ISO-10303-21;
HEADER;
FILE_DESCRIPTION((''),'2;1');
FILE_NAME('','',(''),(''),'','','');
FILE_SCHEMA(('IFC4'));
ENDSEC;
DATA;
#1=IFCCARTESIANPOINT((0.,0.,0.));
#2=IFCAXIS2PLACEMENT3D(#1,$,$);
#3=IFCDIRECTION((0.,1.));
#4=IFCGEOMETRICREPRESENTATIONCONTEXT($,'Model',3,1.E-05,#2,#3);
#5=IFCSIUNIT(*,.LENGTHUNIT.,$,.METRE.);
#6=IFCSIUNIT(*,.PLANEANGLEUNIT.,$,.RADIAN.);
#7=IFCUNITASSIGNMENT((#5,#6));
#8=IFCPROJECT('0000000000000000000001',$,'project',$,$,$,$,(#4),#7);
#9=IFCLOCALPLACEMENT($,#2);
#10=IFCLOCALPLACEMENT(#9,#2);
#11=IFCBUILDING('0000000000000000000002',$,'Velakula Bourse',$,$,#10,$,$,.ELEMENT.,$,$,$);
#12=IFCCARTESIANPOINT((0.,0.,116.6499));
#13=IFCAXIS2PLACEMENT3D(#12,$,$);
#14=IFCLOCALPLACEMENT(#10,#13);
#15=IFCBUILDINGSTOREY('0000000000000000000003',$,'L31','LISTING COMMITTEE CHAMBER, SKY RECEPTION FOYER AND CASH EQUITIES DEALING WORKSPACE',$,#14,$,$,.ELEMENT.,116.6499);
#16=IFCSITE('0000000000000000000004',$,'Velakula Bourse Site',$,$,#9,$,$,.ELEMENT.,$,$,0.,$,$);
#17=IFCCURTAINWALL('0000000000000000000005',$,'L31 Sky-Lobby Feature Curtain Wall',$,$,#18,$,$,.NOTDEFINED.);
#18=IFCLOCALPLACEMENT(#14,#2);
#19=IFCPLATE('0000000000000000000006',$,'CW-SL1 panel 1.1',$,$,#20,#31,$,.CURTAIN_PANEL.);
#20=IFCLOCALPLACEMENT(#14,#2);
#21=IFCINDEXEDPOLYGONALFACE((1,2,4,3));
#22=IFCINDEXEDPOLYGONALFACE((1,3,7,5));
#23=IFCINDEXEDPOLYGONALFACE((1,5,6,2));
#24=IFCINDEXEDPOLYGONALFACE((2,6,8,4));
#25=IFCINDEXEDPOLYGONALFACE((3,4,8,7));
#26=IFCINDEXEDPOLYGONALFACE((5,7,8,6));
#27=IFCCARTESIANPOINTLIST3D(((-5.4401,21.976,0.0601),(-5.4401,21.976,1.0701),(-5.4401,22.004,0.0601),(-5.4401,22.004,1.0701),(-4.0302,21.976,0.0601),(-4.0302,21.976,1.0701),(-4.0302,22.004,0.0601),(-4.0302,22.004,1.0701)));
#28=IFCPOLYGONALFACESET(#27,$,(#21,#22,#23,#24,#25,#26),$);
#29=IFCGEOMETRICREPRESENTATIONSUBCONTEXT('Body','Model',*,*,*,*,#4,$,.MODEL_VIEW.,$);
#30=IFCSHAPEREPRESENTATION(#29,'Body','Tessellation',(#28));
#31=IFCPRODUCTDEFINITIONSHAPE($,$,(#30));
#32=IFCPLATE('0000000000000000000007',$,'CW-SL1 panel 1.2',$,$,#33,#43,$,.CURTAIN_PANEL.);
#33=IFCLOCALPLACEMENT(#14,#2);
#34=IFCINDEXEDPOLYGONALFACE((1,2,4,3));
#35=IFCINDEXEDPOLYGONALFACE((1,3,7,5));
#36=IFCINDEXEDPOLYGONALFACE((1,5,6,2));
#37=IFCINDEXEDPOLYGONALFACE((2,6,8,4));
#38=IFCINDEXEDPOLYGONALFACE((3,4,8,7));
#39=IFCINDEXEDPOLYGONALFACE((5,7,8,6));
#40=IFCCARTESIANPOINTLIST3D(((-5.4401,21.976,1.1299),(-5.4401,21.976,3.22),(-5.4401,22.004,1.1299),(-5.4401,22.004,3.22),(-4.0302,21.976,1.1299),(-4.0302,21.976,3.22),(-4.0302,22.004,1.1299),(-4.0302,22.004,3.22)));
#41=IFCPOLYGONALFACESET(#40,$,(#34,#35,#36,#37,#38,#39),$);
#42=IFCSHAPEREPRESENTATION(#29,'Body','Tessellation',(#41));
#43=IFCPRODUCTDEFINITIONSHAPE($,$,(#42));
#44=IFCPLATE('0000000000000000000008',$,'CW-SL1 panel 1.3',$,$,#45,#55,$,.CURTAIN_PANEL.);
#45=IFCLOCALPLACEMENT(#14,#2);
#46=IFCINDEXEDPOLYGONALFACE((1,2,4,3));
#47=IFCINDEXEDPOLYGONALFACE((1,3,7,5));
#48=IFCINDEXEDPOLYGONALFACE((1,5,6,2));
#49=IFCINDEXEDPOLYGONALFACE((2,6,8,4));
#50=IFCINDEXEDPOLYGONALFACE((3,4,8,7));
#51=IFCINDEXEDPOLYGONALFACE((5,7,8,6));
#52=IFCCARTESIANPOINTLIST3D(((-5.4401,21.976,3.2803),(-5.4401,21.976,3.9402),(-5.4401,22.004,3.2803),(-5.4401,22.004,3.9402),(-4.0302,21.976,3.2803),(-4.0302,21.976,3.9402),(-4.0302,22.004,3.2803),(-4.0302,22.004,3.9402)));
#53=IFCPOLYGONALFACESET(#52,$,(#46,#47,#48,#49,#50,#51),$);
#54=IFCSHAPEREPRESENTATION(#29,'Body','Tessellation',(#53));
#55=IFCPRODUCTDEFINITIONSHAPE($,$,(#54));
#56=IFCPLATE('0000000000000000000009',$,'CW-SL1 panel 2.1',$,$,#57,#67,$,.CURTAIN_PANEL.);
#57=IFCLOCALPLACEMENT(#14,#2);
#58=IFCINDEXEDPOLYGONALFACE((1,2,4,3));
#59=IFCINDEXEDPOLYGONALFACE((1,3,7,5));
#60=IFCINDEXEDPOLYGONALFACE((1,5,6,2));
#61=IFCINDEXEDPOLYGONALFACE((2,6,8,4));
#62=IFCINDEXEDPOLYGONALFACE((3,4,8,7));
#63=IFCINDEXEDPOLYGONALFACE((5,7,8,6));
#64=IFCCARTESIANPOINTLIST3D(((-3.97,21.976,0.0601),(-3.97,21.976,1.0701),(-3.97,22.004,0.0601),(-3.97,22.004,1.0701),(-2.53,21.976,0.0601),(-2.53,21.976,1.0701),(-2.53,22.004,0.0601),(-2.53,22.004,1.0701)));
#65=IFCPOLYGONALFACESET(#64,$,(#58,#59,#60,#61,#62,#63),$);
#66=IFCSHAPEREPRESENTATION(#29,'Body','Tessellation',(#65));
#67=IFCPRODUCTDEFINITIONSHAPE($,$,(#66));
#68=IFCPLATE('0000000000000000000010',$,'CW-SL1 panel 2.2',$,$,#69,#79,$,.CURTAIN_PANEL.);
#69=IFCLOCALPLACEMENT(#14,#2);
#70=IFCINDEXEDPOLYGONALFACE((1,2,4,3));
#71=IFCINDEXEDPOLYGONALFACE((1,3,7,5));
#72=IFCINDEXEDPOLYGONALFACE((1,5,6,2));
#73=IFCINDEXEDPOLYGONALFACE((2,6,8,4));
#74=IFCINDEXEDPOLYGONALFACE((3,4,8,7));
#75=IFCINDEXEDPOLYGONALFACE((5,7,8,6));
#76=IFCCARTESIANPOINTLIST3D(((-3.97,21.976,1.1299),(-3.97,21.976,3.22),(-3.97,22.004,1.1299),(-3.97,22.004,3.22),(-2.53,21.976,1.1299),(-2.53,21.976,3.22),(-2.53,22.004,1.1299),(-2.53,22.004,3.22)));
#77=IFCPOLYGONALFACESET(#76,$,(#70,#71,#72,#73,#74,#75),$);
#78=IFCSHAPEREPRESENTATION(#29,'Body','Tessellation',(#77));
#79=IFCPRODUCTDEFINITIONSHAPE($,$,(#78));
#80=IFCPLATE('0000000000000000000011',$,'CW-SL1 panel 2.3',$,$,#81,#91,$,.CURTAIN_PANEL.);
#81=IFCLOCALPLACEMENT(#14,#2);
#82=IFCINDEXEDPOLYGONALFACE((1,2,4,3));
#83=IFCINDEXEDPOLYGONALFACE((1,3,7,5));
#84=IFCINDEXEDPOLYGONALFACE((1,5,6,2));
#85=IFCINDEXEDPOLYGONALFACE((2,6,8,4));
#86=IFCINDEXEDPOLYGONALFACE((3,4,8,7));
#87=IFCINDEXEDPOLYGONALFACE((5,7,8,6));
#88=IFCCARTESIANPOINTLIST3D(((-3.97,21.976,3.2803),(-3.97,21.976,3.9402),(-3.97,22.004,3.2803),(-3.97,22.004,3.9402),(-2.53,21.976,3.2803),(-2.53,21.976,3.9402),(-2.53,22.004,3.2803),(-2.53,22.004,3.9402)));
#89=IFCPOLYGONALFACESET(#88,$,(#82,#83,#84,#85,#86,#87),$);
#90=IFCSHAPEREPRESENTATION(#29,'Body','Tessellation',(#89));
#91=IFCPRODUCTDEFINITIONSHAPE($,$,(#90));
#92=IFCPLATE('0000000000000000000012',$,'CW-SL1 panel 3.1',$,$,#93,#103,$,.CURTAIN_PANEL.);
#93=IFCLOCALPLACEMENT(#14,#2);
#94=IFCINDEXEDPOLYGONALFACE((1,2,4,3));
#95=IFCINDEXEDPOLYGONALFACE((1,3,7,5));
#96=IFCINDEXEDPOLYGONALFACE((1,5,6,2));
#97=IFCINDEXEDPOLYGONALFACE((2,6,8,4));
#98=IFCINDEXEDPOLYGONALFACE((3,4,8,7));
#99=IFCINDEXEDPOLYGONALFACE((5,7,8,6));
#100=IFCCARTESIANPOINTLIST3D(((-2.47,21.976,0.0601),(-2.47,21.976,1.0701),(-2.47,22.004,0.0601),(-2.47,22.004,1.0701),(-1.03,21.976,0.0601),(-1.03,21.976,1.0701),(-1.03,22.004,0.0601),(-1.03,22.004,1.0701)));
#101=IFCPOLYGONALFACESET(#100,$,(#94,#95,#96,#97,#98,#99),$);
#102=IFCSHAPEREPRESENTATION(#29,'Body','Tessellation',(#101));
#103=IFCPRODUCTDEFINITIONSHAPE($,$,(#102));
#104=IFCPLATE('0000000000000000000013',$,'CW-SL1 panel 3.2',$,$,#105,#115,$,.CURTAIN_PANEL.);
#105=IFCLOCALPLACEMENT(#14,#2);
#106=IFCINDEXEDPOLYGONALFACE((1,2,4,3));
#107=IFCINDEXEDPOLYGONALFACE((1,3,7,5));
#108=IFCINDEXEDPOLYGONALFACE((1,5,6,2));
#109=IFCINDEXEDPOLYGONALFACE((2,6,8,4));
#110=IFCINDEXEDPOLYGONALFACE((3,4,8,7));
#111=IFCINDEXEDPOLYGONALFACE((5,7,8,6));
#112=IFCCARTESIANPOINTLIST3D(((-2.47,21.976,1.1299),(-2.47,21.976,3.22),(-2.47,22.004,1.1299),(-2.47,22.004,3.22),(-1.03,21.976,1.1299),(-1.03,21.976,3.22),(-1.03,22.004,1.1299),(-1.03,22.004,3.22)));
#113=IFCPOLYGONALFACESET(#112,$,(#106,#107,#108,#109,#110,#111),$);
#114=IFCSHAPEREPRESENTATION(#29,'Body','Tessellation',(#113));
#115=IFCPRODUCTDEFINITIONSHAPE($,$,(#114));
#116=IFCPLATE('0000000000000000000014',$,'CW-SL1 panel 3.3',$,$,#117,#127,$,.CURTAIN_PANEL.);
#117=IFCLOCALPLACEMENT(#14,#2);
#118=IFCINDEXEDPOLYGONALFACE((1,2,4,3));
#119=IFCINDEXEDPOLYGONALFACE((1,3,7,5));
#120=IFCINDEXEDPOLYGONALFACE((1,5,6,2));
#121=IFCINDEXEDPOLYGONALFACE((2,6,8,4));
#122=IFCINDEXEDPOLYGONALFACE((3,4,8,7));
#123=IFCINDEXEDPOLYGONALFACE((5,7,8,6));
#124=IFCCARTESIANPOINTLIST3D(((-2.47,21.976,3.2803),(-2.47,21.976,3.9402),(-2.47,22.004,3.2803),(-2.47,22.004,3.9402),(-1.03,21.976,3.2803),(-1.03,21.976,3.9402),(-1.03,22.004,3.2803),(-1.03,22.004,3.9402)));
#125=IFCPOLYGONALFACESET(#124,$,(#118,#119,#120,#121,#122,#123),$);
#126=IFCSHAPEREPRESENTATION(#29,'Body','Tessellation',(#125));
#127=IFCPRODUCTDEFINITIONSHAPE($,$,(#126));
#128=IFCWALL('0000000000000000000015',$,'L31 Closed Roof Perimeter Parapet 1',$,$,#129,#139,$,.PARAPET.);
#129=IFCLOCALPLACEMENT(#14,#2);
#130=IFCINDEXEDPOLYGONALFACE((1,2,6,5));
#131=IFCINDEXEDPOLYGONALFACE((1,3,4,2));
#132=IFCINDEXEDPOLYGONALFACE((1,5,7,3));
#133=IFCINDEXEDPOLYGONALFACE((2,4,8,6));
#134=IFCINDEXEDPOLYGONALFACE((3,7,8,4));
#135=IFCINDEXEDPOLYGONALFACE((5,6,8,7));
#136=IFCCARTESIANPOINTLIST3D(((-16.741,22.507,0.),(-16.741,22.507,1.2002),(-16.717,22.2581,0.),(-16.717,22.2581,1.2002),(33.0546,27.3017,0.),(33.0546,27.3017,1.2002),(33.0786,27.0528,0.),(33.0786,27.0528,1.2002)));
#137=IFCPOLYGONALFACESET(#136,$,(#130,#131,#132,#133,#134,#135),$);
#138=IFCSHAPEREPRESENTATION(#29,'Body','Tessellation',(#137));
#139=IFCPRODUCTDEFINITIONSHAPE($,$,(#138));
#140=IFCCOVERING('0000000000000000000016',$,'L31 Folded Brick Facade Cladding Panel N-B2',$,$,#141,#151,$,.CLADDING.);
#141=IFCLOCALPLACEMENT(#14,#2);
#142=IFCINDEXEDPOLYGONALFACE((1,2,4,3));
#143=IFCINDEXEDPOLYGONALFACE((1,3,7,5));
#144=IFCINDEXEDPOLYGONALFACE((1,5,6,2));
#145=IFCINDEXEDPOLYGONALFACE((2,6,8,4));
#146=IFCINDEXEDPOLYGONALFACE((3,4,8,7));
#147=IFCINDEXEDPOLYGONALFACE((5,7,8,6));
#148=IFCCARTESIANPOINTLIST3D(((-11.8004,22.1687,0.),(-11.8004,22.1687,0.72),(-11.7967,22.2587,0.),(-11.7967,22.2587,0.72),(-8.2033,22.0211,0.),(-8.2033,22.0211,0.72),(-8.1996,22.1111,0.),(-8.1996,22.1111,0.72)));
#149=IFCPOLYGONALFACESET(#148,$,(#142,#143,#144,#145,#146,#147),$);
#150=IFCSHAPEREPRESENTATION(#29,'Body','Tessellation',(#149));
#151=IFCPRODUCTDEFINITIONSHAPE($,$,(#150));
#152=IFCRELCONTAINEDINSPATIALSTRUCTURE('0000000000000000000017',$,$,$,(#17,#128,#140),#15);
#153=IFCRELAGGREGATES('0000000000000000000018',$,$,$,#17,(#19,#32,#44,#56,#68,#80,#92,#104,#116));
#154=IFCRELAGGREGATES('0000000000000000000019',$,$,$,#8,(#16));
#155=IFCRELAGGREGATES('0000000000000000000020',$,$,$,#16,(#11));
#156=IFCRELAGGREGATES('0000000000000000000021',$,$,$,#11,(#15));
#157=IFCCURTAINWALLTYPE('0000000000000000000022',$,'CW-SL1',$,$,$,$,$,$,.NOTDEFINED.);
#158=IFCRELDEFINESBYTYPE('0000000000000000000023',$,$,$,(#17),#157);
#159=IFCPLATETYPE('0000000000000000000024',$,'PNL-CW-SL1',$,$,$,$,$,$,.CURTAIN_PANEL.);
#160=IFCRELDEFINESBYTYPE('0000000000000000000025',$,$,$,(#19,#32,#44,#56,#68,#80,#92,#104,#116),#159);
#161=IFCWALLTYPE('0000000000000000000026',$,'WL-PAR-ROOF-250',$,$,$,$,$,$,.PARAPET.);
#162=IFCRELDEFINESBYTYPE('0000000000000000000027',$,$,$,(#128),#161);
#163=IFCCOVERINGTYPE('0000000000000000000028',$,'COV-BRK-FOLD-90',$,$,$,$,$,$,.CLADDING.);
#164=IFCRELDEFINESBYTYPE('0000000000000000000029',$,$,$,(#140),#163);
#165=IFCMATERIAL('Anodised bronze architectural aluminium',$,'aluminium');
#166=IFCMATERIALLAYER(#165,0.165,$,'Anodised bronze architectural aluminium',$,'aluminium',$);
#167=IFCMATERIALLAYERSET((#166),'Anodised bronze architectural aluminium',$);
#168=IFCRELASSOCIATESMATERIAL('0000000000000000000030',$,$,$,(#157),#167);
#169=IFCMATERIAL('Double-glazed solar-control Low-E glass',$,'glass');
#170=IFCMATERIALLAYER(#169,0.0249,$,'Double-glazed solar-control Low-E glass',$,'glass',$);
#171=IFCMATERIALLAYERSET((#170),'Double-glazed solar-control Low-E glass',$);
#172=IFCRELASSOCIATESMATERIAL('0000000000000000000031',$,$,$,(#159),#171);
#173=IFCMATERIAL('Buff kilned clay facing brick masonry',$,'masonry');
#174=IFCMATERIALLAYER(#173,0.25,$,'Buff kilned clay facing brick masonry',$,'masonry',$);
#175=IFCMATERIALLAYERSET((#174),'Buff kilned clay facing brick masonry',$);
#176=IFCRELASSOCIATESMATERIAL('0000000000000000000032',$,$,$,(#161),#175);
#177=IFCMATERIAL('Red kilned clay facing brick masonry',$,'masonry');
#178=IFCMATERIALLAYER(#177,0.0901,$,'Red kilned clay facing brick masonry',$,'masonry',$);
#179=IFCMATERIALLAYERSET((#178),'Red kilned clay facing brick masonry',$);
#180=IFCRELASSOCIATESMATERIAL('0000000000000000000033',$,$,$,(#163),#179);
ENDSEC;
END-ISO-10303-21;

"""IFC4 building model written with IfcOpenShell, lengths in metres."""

from ifc_helpers import new_model, si_unit, direction, frame, frame_2d, origin, origin_2d, place, context, subcontext, project, spatial, rectangle, extrude, material, layer, layer_set, type_object, element, aggregate, save


model = new_model("IFC4")

# Units and contexts
model_context = context("Model", 3, precision=1e-05, world=origin(), true_north=direction((0.0, 1.0)))
body_context = subcontext(model_context, "Body", "Model", "MODEL_VIEW")
ifc_project = project(units=[si_unit("LENGTHUNIT", "METRE"), si_unit("PLANEANGLEUNIT", "RADIAN")], contexts=[model_context])

# Site, building, storey
site_placement = place(None, origin())
site = spatial("IfcSite", under=ifc_project, at=site_placement, Name="Velakula Bourse Site", CompositionType="ELEMENT", RefElevation=0.0)
building_placement = place(site_placement, origin())
building = spatial("IfcBuilding", under=site, at=building_placement, Name="Velakula Bourse", CompositionType="ELEMENT")
storey_placement = place(building_placement, frame((0.0, 0.0, 116.6499)))
storey = spatial("IfcBuildingStorey", under=building, at=storey_placement, Name="L31", Description="LISTING COMMITTEE CHAMBER, SKY RECEPTION FOYER AND CASH EQUITIES DEALING WORKSPACE", CompositionType="ELEMENT", Elevation=116.6499)

# Curtain wall, plates
ifc_material_1 = material(Name="Anodised bronze architectural aluminium", Category="aluminium")
ifc_layer_1 = layer(ifc_material_1, 0.165, Name="Anodised bronze architectural aluminium", Category="aluminium")
ifc_layer_set_1 = layer_set([ifc_layer_1], Name="Anodised bronze architectural aluminium")
curtain_wall_type = type_object("IfcCurtainWallType", Name="CW-SL1", PredefinedType="NOTDEFINED", material=ifc_layer_set_1)
curtain_wall_placement = place(storey_placement, origin())
curtain_wall = element("IfcCurtainWall", 1, at=curtain_wall_placement, inside=storey, type_object=curtain_wall_type, Name="L31 Sky-Lobby Feature Curtain Wall", PredefinedType="NOTDEFINED")
ifc_material_2 = material(Name="Double-glazed solar-control Low-E glass", Category="glass")
ifc_layer_2 = layer(ifc_material_2, 0.0249, Name="Double-glazed solar-control Low-E glass", Category="glass")
ifc_layer_set_2 = layer_set([ifc_layer_2], Name="Double-glazed solar-control Low-E glass")
plate_type = type_object("IfcPlateType", Name="PNL-CW-SL1", PredefinedType="CURTAIN_PANEL", material=ifc_layer_set_2)
plate_1_placement = place(storey_placement, frame((-4.7351, 21.99, 0.0601), z_axis=(0.0, 0.0, 1.0), x_axis=(1.0, 0.0, 0.0)))
plate_1 = element("IfcPlate", 2, at=plate_1_placement, type_object=plate_type, Name="CW-SL1 panel 1.1", PredefinedType="CURTAIN_PANEL", context=body_context, shape_type="SweptSolid", body=[
    extrude(rectangle(XDim=1.4099, YDim=0.0281, at=origin_2d()), origin(), (0.0, 0.0, 1.0), 1.01),
])
plate_2_placement = place(storey_placement, frame((-4.7351, 21.99, 1.1299), z_axis=(0.0, 0.0, 1.0), x_axis=(1.0, 0.0, 0.0)))
plate_2 = element("IfcPlate", 3, at=plate_2_placement, type_object=plate_type, Name="CW-SL1 panel 1.2", PredefinedType="CURTAIN_PANEL", context=body_context, shape_type="SweptSolid", body=[
    extrude(rectangle(XDim=1.4099, YDim=0.0281, at=origin_2d()), origin(), (0.0, 0.0, 1.0), 2.0901),
])
plate_3_placement = place(storey_placement, frame((-4.7351, 21.99, 3.2803), z_axis=(0.0, 0.0, 1.0), x_axis=(1.0, 0.0, 0.0)))
plate_3 = element("IfcPlate", 4, at=plate_3_placement, type_object=plate_type, Name="CW-SL1 panel 1.3", PredefinedType="CURTAIN_PANEL", context=body_context, shape_type="SweptSolid", body=[
    extrude(rectangle(XDim=1.4099, YDim=0.0281, at=origin_2d()), origin(), (0.0, 0.0, 1.0), 0.6599),
])
plate_4_placement = place(storey_placement, frame((-3.25, 21.99, 0.0601), z_axis=(0.0, 0.0, 1.0), x_axis=(1.0, 0.0, 0.0)))
plate_4 = element("IfcPlate", 5, at=plate_4_placement, type_object=plate_type, Name="CW-SL1 panel 2.1", PredefinedType="CURTAIN_PANEL", context=body_context, shape_type="SweptSolid", body=[
    extrude(rectangle(XDim=1.4399, YDim=0.0281, at=origin_2d()), origin(), (0.0, 0.0, 1.0), 1.01),
])
plate_5_placement = place(storey_placement, frame((-3.25, 21.99, 1.1299), z_axis=(0.0, 0.0, 1.0), x_axis=(1.0, 0.0, 0.0)))
plate_5 = element("IfcPlate", 6, at=plate_5_placement, type_object=plate_type, Name="CW-SL1 panel 2.2", PredefinedType="CURTAIN_PANEL", context=body_context, shape_type="SweptSolid", body=[
    extrude(rectangle(XDim=1.4399, YDim=0.0281, at=origin_2d()), origin(), (0.0, 0.0, 1.0), 2.0901),
])
plate_6_placement = place(storey_placement, frame((-3.25, 21.99, 3.2803), z_axis=(0.0, 0.0, 1.0), x_axis=(1.0, 0.0, 0.0)))
plate_6 = element("IfcPlate", 7, at=plate_6_placement, type_object=plate_type, Name="CW-SL1 panel 2.3", PredefinedType="CURTAIN_PANEL", context=body_context, shape_type="SweptSolid", body=[
    extrude(rectangle(XDim=1.4399, YDim=0.0281, at=origin_2d()), origin(), (0.0, 0.0, 1.0), 0.6599),
])
plate_7_placement = place(storey_placement, frame((-1.75, 21.99, 0.0601), z_axis=(0.0, 0.0, 1.0), x_axis=(1.0, 0.0, 0.0)))
plate_7 = element("IfcPlate", 8, at=plate_7_placement, type_object=plate_type, Name="CW-SL1 panel 3.1", PredefinedType="CURTAIN_PANEL", context=body_context, shape_type="SweptSolid", body=[
    extrude(rectangle(XDim=1.4399, YDim=0.0281, at=origin_2d()), origin(), (0.0, 0.0, 1.0), 1.01),
])
plate_8_placement = place(storey_placement, frame((-1.75, 21.99, 1.1299), z_axis=(0.0, 0.0, 1.0), x_axis=(1.0, 0.0, 0.0)))
plate_8 = element("IfcPlate", 9, at=plate_8_placement, type_object=plate_type, Name="CW-SL1 panel 3.2", PredefinedType="CURTAIN_PANEL", context=body_context, shape_type="SweptSolid", body=[
    extrude(rectangle(XDim=1.4399, YDim=0.0281, at=origin_2d()), origin(), (0.0, 0.0, 1.0), 2.0901),
])
plate_9_placement = place(storey_placement, frame((-1.75, 21.99, 3.2803), z_axis=(0.0, 0.0, 1.0), x_axis=(1.0, 0.0, 0.0)))
plate_9 = element("IfcPlate", 10, at=plate_9_placement, type_object=plate_type, Name="CW-SL1 panel 3.3", PredefinedType="CURTAIN_PANEL", context=body_context, shape_type="SweptSolid", body=[
    extrude(rectangle(XDim=1.4399, YDim=0.0281, at=origin_2d()), origin(), (0.0, 0.0, 1.0), 0.6599),
])
aggregate(curtain_wall, [plate_1, plate_2, plate_3, plate_4, plate_5, plate_6, plate_7, plate_8, plate_9])

# Wall
ifc_material_3 = material(Name="Buff kilned clay facing brick masonry", Category="masonry")
ifc_layer_3 = layer(ifc_material_3, 0.25, Name="Buff kilned clay facing brick masonry", Category="masonry")
ifc_layer_set_3 = layer_set([ifc_layer_3], Name="Buff kilned clay facing brick masonry")
wall_type = type_object("IfcWallType", Name="WL-PAR-ROOF-250", PredefinedType="PARAPET", material=ifc_layer_set_3)
wall_placement = place(storey_placement, frame((-16.729, 22.3826, 0.0), z_axis=(0.0, 0.0, 1.0), x_axis=(0.995396, 0.095844, 0.0)))
element("IfcWall", 11, at=wall_placement, inside=storey, type_object=wall_type, Name="L31 Closed Roof Perimeter Parapet 1", PredefinedType="PARAPET", context=body_context, shape_type="SweptSolid", body=[
    extrude(rectangle(XDim=50.0259, YDim=0.25, at=frame_2d((25.0129, 0.0))), origin(), (0.0, 0.0, 1.0), 1.2002),
])

# Covering
ifc_material_4 = material(Name="Red kilned clay facing brick masonry", Category="masonry")
ifc_layer_4 = layer(ifc_material_4, 0.0901, Name="Red kilned clay facing brick masonry", Category="masonry")
ifc_layer_set_4 = layer_set([ifc_layer_4], Name="Red kilned clay facing brick masonry")
covering_type = type_object("IfcCoveringType", Name="COV-BRK-FOLD-90", PredefinedType="CLADDING", material=ifc_layer_set_4)
covering_placement = place(storey_placement, frame((-10.0, 22.1399, 0.0), z_axis=(0.0, 0.0, 1.0), x_axis=(0.999159, -0.041004, 0.0)))
element("IfcCovering", 12, at=covering_placement, inside=storey, type_object=covering_type, Name="L31 Folded Brick Facade Cladding Panel N-B2", PredefinedType="CLADDING", context=body_context, shape_type="SweptSolid", body=[
    extrude(rectangle(XDim=3.6001, YDim=0.0901, at=origin_2d()), origin(), (0.0, 0.0, 1.0), 0.72),
])

save(model, "model.ifc")
